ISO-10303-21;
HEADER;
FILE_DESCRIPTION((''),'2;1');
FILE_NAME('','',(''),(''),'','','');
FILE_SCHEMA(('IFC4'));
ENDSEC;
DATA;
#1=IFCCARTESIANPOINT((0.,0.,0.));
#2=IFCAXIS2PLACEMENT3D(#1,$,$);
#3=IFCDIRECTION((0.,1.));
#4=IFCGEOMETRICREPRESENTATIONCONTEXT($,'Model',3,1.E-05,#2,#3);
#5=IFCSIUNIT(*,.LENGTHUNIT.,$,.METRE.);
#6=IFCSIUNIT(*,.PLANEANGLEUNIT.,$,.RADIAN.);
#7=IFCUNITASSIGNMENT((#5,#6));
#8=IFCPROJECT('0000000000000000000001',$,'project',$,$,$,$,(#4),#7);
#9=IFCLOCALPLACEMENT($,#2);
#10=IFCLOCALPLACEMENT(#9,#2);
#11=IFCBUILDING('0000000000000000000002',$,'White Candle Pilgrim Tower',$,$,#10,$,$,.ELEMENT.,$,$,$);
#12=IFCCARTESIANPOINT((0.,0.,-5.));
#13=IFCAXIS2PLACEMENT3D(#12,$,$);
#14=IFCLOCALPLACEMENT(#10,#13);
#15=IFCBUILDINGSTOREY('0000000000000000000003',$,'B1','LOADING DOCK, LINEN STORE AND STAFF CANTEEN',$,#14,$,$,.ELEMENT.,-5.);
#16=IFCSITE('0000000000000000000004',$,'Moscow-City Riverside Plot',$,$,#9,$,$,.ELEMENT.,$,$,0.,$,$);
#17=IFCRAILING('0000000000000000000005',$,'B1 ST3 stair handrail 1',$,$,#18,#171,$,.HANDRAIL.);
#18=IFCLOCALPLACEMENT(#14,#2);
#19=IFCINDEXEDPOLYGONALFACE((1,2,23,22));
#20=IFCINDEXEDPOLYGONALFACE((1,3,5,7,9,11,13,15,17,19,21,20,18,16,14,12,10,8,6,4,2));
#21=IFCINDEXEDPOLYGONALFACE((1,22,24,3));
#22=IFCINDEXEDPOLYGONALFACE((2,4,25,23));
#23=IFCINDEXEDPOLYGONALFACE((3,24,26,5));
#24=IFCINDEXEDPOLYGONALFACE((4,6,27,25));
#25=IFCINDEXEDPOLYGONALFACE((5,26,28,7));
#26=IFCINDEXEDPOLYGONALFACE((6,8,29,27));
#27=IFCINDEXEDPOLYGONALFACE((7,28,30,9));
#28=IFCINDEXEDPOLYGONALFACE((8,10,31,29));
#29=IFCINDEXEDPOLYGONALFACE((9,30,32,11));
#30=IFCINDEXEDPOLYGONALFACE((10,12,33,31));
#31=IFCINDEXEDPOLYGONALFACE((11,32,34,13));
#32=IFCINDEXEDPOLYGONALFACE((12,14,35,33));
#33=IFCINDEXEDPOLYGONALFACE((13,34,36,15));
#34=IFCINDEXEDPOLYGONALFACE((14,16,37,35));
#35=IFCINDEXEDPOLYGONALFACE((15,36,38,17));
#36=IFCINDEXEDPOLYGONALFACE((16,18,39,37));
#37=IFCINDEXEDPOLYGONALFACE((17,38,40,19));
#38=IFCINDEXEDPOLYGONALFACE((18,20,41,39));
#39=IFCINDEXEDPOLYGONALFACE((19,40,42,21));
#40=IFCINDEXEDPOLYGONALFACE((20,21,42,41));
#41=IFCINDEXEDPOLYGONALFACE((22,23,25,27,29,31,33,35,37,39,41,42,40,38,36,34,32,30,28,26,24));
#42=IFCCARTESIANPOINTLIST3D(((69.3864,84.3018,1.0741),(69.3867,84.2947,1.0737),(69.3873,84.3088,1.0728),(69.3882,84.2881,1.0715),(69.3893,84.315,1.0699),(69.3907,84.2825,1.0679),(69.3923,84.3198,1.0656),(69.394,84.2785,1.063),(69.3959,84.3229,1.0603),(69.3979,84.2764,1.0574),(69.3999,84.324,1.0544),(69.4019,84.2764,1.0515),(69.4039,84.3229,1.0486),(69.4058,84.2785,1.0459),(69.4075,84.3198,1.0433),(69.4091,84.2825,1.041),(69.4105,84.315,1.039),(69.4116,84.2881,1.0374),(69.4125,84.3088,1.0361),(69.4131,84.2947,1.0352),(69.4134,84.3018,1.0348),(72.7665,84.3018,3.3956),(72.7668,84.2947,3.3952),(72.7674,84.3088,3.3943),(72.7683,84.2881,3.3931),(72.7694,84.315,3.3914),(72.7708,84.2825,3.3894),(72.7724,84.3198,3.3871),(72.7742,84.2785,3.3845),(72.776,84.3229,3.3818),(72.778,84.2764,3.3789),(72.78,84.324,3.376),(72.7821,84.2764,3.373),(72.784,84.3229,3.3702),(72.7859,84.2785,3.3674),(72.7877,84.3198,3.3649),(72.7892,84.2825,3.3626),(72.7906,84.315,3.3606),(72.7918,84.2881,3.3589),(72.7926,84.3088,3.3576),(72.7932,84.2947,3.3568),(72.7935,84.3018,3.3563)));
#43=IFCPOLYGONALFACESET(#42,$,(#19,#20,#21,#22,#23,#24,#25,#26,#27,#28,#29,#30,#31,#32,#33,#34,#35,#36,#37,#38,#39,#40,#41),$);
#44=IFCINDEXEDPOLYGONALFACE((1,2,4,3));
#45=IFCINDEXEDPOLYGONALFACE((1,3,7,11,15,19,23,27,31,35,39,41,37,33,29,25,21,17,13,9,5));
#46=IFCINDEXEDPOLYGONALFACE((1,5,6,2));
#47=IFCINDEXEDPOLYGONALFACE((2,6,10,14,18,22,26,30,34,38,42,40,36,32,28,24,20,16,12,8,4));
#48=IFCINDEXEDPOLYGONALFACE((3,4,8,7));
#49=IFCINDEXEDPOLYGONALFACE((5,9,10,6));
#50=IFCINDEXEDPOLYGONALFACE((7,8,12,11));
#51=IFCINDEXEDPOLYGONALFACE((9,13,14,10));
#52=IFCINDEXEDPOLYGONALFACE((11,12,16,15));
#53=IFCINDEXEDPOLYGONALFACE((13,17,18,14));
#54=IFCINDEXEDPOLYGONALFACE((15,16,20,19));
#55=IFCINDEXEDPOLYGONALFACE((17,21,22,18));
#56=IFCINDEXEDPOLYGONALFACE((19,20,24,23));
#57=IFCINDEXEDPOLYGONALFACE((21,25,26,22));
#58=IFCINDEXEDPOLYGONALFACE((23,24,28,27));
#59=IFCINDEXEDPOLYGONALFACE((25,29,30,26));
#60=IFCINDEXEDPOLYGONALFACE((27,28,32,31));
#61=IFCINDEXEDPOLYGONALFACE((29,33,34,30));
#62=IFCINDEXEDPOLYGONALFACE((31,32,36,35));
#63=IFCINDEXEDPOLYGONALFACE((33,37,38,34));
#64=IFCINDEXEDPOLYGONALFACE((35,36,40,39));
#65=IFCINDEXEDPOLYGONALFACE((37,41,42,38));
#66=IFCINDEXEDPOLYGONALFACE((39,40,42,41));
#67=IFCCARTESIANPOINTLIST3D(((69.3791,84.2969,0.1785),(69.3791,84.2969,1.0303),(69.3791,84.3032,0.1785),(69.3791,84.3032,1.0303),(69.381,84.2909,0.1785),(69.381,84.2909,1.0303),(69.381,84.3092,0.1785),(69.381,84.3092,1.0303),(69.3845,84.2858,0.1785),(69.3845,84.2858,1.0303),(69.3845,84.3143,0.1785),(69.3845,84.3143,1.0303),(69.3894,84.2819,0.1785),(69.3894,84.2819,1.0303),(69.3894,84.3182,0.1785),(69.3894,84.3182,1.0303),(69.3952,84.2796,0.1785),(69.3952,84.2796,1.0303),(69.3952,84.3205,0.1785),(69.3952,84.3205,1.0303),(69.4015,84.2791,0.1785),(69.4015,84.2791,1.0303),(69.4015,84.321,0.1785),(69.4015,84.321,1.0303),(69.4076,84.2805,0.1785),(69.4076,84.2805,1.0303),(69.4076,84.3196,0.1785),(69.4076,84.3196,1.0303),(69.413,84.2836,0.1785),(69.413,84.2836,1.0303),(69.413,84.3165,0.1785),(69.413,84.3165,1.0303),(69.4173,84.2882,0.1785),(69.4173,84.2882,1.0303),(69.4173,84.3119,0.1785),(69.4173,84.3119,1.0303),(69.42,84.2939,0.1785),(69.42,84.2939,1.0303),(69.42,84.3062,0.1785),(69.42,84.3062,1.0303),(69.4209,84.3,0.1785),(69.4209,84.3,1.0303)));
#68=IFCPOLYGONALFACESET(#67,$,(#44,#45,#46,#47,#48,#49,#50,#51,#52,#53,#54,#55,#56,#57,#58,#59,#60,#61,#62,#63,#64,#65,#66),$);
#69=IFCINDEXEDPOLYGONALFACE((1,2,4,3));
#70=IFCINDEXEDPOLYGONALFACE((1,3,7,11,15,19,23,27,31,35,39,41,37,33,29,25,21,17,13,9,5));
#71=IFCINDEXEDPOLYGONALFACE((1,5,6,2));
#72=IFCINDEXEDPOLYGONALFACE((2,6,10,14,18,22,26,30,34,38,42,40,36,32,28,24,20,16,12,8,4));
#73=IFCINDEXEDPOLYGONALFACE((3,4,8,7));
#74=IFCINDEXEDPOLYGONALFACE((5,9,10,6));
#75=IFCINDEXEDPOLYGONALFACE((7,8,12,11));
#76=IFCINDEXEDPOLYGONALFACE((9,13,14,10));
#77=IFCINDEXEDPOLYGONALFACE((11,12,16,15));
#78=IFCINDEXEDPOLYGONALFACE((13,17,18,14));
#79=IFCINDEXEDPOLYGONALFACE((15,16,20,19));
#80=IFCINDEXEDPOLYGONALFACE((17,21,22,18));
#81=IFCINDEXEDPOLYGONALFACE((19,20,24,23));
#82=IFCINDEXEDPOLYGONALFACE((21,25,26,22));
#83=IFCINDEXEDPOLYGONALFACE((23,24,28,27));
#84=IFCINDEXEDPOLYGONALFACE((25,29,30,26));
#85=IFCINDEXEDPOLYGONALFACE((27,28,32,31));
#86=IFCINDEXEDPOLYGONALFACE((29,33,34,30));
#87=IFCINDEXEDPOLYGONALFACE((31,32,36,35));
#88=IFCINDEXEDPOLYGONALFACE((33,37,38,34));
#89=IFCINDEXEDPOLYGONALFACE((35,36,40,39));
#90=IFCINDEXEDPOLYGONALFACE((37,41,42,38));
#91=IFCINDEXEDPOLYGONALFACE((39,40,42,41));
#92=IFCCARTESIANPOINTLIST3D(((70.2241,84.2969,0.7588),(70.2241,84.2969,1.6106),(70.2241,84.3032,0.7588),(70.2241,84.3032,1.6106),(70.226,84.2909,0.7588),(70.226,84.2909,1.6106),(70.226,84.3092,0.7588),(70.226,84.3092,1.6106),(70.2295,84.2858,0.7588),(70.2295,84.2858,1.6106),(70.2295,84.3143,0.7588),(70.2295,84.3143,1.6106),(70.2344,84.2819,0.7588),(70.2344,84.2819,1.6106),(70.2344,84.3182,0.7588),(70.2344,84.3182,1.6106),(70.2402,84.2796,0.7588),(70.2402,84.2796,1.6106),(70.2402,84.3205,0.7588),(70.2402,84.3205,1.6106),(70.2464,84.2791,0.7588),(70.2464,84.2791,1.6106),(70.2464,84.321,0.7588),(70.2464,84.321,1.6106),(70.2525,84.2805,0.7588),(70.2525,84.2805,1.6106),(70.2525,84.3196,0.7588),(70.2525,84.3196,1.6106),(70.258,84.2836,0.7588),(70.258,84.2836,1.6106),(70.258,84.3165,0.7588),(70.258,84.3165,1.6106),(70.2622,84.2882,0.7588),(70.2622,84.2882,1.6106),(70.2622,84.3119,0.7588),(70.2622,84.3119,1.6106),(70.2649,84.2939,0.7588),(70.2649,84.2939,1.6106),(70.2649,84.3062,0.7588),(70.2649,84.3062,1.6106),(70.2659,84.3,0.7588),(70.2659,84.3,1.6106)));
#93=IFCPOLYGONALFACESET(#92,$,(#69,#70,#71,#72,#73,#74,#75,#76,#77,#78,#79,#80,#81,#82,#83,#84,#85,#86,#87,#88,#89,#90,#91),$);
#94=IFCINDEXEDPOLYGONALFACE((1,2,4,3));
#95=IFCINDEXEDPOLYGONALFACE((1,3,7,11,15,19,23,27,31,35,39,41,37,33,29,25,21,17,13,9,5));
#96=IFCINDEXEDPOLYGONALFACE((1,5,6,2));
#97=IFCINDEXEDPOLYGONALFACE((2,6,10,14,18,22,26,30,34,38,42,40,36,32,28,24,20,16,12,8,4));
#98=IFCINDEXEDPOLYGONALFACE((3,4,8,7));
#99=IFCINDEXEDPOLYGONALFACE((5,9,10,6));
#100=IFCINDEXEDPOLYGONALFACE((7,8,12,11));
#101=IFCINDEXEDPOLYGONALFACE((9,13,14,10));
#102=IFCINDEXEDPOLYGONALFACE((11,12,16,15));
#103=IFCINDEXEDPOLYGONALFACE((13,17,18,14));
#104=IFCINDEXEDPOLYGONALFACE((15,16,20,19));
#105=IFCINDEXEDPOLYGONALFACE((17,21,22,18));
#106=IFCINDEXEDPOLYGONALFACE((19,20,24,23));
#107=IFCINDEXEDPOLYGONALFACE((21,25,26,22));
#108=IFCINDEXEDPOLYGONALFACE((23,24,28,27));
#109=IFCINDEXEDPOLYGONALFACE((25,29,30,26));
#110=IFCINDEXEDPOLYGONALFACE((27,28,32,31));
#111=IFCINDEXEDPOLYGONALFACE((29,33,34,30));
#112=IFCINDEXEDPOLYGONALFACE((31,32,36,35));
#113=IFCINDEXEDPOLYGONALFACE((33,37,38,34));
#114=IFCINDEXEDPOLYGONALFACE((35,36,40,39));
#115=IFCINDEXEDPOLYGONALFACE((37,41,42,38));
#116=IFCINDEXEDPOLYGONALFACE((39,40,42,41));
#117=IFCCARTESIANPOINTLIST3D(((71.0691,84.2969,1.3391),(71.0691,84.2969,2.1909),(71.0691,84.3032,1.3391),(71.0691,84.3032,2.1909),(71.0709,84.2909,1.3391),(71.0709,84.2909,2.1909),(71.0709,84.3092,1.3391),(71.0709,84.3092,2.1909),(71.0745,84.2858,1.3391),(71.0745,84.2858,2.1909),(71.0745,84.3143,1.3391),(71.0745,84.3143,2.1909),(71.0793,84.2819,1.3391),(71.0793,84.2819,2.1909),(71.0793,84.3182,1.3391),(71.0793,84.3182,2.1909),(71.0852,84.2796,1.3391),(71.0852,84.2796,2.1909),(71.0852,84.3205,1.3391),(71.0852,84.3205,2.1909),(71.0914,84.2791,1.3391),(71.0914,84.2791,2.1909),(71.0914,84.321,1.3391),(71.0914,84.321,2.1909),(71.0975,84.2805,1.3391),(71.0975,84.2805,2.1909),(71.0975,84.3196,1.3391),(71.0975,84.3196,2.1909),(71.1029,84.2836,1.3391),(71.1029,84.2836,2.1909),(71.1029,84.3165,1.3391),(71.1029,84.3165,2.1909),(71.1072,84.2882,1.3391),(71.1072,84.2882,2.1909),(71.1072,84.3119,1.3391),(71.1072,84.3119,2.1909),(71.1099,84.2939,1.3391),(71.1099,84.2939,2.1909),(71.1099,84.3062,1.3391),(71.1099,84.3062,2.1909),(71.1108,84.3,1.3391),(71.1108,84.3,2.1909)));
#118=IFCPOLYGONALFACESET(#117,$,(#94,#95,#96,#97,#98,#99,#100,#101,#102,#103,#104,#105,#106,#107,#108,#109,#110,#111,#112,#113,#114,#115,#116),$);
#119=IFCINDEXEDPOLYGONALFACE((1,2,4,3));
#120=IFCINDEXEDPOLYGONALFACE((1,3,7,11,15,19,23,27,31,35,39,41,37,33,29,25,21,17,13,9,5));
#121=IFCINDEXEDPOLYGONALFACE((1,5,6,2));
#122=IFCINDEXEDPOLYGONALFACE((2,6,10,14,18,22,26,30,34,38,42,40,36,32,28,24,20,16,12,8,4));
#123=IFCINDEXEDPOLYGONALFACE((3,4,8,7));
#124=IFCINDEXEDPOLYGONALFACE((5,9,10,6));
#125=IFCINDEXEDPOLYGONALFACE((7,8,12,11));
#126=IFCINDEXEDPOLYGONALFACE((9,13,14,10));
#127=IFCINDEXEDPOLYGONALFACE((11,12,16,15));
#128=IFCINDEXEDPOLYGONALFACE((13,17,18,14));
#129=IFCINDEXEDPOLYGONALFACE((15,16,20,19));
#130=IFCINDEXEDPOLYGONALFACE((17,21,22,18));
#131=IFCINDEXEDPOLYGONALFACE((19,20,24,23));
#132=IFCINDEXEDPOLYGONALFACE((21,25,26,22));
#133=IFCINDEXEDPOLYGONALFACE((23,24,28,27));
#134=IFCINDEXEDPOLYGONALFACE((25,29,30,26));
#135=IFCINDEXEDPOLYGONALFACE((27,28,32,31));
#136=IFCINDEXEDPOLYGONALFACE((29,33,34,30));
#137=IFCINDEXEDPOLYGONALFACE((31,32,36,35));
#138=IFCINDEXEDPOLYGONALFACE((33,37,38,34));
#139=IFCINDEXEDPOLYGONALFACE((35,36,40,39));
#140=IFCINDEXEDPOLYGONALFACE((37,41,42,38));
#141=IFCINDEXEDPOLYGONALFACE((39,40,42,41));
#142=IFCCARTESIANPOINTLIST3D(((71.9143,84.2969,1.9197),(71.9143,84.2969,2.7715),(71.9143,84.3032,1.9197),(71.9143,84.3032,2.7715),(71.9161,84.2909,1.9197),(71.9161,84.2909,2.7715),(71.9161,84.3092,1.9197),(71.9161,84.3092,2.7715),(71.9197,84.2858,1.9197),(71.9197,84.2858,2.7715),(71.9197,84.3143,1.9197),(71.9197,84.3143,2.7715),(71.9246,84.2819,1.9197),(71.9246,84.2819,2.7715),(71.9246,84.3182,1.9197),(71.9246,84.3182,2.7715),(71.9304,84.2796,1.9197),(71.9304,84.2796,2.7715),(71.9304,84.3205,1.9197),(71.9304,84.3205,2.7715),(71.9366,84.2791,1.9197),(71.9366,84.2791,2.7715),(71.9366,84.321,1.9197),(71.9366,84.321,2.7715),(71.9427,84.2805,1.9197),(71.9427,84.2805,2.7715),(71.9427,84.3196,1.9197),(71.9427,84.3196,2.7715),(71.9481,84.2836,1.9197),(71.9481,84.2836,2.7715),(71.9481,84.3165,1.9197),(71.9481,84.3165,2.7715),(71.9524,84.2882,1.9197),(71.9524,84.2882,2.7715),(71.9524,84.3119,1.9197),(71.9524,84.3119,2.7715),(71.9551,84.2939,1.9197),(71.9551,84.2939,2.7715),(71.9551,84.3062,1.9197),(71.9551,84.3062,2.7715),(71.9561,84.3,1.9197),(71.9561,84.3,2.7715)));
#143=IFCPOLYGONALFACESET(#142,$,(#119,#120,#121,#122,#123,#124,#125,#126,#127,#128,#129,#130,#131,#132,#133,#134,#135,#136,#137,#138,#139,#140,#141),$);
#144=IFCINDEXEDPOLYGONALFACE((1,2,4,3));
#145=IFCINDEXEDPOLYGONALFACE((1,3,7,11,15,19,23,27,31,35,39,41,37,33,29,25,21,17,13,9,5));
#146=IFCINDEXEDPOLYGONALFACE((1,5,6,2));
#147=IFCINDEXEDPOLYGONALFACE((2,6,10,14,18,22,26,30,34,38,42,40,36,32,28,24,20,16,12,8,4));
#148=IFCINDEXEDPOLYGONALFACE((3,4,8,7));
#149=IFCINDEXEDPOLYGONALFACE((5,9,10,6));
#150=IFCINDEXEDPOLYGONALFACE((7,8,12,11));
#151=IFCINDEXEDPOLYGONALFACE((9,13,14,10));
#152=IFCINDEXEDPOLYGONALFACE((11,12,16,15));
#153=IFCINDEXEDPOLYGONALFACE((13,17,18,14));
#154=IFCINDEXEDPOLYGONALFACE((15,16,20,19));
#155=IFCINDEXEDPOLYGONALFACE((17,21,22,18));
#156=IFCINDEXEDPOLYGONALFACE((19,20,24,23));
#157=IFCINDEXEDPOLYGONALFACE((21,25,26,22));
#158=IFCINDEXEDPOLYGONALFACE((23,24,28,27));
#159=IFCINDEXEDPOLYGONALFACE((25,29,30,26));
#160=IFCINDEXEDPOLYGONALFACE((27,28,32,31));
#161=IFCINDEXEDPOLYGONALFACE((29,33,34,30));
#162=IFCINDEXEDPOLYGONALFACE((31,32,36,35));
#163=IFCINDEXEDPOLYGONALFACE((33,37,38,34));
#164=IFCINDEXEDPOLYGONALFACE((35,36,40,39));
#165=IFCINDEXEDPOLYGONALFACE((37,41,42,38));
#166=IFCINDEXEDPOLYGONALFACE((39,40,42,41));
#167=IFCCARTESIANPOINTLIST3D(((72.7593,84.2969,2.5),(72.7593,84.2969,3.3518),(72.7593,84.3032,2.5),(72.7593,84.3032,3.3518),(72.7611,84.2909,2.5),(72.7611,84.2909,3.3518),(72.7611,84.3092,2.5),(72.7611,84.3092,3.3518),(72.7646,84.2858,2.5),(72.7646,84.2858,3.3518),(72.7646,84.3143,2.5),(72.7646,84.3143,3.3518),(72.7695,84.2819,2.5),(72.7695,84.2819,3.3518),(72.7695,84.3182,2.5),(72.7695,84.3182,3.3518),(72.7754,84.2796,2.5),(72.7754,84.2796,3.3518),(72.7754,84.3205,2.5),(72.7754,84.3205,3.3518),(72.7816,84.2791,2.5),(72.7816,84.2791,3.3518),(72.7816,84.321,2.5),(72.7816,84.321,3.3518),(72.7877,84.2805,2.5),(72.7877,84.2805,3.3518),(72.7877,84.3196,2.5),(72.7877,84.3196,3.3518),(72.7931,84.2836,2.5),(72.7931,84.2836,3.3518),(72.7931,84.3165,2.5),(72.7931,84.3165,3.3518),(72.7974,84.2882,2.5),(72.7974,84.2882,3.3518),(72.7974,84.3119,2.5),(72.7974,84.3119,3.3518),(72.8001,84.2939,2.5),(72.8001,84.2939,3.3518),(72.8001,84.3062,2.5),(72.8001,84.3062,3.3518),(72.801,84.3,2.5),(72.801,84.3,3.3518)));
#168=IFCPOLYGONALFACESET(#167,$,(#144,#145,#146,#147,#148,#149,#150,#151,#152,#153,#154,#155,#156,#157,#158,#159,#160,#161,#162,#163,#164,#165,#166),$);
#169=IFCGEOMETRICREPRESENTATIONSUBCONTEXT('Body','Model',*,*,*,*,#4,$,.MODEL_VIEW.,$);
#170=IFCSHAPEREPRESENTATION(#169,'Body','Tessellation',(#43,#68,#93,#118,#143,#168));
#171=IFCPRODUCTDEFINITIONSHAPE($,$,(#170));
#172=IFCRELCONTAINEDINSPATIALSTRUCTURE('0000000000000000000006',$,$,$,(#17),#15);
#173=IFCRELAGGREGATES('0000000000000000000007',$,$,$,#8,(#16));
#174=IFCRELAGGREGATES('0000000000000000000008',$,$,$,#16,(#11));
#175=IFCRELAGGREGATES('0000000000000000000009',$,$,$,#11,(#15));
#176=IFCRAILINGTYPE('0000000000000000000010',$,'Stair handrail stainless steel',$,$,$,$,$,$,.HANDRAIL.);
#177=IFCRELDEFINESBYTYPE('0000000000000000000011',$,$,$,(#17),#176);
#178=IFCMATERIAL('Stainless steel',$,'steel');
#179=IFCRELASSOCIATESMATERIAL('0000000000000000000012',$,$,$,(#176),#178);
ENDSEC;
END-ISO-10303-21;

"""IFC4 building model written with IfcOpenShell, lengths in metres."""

from ifc_helpers import new_model, si_unit, direction, frame, origin, origin_2d, place, context, subcontext, project, spatial, circle, extrude, material, type_object, element, save


model = new_model("IFC4")

# Units and contexts
model_context = context("Model", 3, precision=1e-05, world=origin(), true_north=direction((0.0, 1.0)))
body_context = subcontext(model_context, "Body", "Model", "MODEL_VIEW")
ifc_project = project(units=[si_unit("LENGTHUNIT", "METRE"), si_unit("PLANEANGLEUNIT", "RADIAN")], contexts=[model_context])

# Site, building, storey
site_placement = place(None, origin())
site = spatial("IfcSite", under=ifc_project, at=site_placement, Name="Moscow-City Riverside Plot", CompositionType="ELEMENT", RefElevation=0.0)
building_placement = place(site_placement, origin())
building = spatial("IfcBuilding", under=site, at=building_placement, Name="White Candle Pilgrim Tower", CompositionType="ELEMENT")
storey_placement = place(building_placement, frame((0.0, 0.0, -5.0)))
storey = spatial("IfcBuildingStorey", under=building, at=storey_placement, Name="B1", Description="LOADING DOCK, LINEN STORE AND STAFF CANTEEN", CompositionType="ELEMENT", Elevation=-5.0)

# Railing
ifc_material_1 = material(Name="Stainless steel", Category="steel")
railing_type_1 = type_object("IfcRailingType", Name="Stair handrail stainless steel", PredefinedType="HANDRAIL", material=ifc_material_1)
railing_1_placement = place(storey_placement, frame((69.3999, 84.3, 0.1785)))
element("IfcRailing", 1, at=railing_1_placement, inside=storey, type_object=railing_type_1, Name="B1 ST3 stair handrail 1", PredefinedType="HANDRAIL", context=body_context, shape_type="SweptSolid", body=[
    extrude(circle(Radius=0.0239, at=origin_2d()), frame((0.0, 0.0, 0.876), z_axis=(0.824304, 0.0, 0.566147), x_axis=(0.0, 1.0, 0.0)), (0.0, 0.0, 1.0), 4.1006),
    extrude(circle(Radius=0.021, at=origin_2d()), origin(), (0.0, 0.0, 1.0), 0.8518),
    extrude(circle(Radius=0.021, at=origin_2d()), frame((0.845, 0.0, 0.5803)), (0.0, 0.0, 1.0), 0.8518),
    extrude(circle(Radius=0.021, at=origin_2d()), frame((1.6899, 0.0, 1.1606)), (0.0, 0.0, 1.0), 0.8518),
    extrude(circle(Radius=0.021, at=origin_2d()), frame((2.5352, 0.0, 1.7412)), (0.0, 0.0, 1.0), 0.8518),
    extrude(circle(Radius=0.021, at=origin_2d()), frame((3.3801, 0.0, 2.3215)), (0.0, 0.0, 1.0), 0.8518),
])

save(model, "model.ifc")
